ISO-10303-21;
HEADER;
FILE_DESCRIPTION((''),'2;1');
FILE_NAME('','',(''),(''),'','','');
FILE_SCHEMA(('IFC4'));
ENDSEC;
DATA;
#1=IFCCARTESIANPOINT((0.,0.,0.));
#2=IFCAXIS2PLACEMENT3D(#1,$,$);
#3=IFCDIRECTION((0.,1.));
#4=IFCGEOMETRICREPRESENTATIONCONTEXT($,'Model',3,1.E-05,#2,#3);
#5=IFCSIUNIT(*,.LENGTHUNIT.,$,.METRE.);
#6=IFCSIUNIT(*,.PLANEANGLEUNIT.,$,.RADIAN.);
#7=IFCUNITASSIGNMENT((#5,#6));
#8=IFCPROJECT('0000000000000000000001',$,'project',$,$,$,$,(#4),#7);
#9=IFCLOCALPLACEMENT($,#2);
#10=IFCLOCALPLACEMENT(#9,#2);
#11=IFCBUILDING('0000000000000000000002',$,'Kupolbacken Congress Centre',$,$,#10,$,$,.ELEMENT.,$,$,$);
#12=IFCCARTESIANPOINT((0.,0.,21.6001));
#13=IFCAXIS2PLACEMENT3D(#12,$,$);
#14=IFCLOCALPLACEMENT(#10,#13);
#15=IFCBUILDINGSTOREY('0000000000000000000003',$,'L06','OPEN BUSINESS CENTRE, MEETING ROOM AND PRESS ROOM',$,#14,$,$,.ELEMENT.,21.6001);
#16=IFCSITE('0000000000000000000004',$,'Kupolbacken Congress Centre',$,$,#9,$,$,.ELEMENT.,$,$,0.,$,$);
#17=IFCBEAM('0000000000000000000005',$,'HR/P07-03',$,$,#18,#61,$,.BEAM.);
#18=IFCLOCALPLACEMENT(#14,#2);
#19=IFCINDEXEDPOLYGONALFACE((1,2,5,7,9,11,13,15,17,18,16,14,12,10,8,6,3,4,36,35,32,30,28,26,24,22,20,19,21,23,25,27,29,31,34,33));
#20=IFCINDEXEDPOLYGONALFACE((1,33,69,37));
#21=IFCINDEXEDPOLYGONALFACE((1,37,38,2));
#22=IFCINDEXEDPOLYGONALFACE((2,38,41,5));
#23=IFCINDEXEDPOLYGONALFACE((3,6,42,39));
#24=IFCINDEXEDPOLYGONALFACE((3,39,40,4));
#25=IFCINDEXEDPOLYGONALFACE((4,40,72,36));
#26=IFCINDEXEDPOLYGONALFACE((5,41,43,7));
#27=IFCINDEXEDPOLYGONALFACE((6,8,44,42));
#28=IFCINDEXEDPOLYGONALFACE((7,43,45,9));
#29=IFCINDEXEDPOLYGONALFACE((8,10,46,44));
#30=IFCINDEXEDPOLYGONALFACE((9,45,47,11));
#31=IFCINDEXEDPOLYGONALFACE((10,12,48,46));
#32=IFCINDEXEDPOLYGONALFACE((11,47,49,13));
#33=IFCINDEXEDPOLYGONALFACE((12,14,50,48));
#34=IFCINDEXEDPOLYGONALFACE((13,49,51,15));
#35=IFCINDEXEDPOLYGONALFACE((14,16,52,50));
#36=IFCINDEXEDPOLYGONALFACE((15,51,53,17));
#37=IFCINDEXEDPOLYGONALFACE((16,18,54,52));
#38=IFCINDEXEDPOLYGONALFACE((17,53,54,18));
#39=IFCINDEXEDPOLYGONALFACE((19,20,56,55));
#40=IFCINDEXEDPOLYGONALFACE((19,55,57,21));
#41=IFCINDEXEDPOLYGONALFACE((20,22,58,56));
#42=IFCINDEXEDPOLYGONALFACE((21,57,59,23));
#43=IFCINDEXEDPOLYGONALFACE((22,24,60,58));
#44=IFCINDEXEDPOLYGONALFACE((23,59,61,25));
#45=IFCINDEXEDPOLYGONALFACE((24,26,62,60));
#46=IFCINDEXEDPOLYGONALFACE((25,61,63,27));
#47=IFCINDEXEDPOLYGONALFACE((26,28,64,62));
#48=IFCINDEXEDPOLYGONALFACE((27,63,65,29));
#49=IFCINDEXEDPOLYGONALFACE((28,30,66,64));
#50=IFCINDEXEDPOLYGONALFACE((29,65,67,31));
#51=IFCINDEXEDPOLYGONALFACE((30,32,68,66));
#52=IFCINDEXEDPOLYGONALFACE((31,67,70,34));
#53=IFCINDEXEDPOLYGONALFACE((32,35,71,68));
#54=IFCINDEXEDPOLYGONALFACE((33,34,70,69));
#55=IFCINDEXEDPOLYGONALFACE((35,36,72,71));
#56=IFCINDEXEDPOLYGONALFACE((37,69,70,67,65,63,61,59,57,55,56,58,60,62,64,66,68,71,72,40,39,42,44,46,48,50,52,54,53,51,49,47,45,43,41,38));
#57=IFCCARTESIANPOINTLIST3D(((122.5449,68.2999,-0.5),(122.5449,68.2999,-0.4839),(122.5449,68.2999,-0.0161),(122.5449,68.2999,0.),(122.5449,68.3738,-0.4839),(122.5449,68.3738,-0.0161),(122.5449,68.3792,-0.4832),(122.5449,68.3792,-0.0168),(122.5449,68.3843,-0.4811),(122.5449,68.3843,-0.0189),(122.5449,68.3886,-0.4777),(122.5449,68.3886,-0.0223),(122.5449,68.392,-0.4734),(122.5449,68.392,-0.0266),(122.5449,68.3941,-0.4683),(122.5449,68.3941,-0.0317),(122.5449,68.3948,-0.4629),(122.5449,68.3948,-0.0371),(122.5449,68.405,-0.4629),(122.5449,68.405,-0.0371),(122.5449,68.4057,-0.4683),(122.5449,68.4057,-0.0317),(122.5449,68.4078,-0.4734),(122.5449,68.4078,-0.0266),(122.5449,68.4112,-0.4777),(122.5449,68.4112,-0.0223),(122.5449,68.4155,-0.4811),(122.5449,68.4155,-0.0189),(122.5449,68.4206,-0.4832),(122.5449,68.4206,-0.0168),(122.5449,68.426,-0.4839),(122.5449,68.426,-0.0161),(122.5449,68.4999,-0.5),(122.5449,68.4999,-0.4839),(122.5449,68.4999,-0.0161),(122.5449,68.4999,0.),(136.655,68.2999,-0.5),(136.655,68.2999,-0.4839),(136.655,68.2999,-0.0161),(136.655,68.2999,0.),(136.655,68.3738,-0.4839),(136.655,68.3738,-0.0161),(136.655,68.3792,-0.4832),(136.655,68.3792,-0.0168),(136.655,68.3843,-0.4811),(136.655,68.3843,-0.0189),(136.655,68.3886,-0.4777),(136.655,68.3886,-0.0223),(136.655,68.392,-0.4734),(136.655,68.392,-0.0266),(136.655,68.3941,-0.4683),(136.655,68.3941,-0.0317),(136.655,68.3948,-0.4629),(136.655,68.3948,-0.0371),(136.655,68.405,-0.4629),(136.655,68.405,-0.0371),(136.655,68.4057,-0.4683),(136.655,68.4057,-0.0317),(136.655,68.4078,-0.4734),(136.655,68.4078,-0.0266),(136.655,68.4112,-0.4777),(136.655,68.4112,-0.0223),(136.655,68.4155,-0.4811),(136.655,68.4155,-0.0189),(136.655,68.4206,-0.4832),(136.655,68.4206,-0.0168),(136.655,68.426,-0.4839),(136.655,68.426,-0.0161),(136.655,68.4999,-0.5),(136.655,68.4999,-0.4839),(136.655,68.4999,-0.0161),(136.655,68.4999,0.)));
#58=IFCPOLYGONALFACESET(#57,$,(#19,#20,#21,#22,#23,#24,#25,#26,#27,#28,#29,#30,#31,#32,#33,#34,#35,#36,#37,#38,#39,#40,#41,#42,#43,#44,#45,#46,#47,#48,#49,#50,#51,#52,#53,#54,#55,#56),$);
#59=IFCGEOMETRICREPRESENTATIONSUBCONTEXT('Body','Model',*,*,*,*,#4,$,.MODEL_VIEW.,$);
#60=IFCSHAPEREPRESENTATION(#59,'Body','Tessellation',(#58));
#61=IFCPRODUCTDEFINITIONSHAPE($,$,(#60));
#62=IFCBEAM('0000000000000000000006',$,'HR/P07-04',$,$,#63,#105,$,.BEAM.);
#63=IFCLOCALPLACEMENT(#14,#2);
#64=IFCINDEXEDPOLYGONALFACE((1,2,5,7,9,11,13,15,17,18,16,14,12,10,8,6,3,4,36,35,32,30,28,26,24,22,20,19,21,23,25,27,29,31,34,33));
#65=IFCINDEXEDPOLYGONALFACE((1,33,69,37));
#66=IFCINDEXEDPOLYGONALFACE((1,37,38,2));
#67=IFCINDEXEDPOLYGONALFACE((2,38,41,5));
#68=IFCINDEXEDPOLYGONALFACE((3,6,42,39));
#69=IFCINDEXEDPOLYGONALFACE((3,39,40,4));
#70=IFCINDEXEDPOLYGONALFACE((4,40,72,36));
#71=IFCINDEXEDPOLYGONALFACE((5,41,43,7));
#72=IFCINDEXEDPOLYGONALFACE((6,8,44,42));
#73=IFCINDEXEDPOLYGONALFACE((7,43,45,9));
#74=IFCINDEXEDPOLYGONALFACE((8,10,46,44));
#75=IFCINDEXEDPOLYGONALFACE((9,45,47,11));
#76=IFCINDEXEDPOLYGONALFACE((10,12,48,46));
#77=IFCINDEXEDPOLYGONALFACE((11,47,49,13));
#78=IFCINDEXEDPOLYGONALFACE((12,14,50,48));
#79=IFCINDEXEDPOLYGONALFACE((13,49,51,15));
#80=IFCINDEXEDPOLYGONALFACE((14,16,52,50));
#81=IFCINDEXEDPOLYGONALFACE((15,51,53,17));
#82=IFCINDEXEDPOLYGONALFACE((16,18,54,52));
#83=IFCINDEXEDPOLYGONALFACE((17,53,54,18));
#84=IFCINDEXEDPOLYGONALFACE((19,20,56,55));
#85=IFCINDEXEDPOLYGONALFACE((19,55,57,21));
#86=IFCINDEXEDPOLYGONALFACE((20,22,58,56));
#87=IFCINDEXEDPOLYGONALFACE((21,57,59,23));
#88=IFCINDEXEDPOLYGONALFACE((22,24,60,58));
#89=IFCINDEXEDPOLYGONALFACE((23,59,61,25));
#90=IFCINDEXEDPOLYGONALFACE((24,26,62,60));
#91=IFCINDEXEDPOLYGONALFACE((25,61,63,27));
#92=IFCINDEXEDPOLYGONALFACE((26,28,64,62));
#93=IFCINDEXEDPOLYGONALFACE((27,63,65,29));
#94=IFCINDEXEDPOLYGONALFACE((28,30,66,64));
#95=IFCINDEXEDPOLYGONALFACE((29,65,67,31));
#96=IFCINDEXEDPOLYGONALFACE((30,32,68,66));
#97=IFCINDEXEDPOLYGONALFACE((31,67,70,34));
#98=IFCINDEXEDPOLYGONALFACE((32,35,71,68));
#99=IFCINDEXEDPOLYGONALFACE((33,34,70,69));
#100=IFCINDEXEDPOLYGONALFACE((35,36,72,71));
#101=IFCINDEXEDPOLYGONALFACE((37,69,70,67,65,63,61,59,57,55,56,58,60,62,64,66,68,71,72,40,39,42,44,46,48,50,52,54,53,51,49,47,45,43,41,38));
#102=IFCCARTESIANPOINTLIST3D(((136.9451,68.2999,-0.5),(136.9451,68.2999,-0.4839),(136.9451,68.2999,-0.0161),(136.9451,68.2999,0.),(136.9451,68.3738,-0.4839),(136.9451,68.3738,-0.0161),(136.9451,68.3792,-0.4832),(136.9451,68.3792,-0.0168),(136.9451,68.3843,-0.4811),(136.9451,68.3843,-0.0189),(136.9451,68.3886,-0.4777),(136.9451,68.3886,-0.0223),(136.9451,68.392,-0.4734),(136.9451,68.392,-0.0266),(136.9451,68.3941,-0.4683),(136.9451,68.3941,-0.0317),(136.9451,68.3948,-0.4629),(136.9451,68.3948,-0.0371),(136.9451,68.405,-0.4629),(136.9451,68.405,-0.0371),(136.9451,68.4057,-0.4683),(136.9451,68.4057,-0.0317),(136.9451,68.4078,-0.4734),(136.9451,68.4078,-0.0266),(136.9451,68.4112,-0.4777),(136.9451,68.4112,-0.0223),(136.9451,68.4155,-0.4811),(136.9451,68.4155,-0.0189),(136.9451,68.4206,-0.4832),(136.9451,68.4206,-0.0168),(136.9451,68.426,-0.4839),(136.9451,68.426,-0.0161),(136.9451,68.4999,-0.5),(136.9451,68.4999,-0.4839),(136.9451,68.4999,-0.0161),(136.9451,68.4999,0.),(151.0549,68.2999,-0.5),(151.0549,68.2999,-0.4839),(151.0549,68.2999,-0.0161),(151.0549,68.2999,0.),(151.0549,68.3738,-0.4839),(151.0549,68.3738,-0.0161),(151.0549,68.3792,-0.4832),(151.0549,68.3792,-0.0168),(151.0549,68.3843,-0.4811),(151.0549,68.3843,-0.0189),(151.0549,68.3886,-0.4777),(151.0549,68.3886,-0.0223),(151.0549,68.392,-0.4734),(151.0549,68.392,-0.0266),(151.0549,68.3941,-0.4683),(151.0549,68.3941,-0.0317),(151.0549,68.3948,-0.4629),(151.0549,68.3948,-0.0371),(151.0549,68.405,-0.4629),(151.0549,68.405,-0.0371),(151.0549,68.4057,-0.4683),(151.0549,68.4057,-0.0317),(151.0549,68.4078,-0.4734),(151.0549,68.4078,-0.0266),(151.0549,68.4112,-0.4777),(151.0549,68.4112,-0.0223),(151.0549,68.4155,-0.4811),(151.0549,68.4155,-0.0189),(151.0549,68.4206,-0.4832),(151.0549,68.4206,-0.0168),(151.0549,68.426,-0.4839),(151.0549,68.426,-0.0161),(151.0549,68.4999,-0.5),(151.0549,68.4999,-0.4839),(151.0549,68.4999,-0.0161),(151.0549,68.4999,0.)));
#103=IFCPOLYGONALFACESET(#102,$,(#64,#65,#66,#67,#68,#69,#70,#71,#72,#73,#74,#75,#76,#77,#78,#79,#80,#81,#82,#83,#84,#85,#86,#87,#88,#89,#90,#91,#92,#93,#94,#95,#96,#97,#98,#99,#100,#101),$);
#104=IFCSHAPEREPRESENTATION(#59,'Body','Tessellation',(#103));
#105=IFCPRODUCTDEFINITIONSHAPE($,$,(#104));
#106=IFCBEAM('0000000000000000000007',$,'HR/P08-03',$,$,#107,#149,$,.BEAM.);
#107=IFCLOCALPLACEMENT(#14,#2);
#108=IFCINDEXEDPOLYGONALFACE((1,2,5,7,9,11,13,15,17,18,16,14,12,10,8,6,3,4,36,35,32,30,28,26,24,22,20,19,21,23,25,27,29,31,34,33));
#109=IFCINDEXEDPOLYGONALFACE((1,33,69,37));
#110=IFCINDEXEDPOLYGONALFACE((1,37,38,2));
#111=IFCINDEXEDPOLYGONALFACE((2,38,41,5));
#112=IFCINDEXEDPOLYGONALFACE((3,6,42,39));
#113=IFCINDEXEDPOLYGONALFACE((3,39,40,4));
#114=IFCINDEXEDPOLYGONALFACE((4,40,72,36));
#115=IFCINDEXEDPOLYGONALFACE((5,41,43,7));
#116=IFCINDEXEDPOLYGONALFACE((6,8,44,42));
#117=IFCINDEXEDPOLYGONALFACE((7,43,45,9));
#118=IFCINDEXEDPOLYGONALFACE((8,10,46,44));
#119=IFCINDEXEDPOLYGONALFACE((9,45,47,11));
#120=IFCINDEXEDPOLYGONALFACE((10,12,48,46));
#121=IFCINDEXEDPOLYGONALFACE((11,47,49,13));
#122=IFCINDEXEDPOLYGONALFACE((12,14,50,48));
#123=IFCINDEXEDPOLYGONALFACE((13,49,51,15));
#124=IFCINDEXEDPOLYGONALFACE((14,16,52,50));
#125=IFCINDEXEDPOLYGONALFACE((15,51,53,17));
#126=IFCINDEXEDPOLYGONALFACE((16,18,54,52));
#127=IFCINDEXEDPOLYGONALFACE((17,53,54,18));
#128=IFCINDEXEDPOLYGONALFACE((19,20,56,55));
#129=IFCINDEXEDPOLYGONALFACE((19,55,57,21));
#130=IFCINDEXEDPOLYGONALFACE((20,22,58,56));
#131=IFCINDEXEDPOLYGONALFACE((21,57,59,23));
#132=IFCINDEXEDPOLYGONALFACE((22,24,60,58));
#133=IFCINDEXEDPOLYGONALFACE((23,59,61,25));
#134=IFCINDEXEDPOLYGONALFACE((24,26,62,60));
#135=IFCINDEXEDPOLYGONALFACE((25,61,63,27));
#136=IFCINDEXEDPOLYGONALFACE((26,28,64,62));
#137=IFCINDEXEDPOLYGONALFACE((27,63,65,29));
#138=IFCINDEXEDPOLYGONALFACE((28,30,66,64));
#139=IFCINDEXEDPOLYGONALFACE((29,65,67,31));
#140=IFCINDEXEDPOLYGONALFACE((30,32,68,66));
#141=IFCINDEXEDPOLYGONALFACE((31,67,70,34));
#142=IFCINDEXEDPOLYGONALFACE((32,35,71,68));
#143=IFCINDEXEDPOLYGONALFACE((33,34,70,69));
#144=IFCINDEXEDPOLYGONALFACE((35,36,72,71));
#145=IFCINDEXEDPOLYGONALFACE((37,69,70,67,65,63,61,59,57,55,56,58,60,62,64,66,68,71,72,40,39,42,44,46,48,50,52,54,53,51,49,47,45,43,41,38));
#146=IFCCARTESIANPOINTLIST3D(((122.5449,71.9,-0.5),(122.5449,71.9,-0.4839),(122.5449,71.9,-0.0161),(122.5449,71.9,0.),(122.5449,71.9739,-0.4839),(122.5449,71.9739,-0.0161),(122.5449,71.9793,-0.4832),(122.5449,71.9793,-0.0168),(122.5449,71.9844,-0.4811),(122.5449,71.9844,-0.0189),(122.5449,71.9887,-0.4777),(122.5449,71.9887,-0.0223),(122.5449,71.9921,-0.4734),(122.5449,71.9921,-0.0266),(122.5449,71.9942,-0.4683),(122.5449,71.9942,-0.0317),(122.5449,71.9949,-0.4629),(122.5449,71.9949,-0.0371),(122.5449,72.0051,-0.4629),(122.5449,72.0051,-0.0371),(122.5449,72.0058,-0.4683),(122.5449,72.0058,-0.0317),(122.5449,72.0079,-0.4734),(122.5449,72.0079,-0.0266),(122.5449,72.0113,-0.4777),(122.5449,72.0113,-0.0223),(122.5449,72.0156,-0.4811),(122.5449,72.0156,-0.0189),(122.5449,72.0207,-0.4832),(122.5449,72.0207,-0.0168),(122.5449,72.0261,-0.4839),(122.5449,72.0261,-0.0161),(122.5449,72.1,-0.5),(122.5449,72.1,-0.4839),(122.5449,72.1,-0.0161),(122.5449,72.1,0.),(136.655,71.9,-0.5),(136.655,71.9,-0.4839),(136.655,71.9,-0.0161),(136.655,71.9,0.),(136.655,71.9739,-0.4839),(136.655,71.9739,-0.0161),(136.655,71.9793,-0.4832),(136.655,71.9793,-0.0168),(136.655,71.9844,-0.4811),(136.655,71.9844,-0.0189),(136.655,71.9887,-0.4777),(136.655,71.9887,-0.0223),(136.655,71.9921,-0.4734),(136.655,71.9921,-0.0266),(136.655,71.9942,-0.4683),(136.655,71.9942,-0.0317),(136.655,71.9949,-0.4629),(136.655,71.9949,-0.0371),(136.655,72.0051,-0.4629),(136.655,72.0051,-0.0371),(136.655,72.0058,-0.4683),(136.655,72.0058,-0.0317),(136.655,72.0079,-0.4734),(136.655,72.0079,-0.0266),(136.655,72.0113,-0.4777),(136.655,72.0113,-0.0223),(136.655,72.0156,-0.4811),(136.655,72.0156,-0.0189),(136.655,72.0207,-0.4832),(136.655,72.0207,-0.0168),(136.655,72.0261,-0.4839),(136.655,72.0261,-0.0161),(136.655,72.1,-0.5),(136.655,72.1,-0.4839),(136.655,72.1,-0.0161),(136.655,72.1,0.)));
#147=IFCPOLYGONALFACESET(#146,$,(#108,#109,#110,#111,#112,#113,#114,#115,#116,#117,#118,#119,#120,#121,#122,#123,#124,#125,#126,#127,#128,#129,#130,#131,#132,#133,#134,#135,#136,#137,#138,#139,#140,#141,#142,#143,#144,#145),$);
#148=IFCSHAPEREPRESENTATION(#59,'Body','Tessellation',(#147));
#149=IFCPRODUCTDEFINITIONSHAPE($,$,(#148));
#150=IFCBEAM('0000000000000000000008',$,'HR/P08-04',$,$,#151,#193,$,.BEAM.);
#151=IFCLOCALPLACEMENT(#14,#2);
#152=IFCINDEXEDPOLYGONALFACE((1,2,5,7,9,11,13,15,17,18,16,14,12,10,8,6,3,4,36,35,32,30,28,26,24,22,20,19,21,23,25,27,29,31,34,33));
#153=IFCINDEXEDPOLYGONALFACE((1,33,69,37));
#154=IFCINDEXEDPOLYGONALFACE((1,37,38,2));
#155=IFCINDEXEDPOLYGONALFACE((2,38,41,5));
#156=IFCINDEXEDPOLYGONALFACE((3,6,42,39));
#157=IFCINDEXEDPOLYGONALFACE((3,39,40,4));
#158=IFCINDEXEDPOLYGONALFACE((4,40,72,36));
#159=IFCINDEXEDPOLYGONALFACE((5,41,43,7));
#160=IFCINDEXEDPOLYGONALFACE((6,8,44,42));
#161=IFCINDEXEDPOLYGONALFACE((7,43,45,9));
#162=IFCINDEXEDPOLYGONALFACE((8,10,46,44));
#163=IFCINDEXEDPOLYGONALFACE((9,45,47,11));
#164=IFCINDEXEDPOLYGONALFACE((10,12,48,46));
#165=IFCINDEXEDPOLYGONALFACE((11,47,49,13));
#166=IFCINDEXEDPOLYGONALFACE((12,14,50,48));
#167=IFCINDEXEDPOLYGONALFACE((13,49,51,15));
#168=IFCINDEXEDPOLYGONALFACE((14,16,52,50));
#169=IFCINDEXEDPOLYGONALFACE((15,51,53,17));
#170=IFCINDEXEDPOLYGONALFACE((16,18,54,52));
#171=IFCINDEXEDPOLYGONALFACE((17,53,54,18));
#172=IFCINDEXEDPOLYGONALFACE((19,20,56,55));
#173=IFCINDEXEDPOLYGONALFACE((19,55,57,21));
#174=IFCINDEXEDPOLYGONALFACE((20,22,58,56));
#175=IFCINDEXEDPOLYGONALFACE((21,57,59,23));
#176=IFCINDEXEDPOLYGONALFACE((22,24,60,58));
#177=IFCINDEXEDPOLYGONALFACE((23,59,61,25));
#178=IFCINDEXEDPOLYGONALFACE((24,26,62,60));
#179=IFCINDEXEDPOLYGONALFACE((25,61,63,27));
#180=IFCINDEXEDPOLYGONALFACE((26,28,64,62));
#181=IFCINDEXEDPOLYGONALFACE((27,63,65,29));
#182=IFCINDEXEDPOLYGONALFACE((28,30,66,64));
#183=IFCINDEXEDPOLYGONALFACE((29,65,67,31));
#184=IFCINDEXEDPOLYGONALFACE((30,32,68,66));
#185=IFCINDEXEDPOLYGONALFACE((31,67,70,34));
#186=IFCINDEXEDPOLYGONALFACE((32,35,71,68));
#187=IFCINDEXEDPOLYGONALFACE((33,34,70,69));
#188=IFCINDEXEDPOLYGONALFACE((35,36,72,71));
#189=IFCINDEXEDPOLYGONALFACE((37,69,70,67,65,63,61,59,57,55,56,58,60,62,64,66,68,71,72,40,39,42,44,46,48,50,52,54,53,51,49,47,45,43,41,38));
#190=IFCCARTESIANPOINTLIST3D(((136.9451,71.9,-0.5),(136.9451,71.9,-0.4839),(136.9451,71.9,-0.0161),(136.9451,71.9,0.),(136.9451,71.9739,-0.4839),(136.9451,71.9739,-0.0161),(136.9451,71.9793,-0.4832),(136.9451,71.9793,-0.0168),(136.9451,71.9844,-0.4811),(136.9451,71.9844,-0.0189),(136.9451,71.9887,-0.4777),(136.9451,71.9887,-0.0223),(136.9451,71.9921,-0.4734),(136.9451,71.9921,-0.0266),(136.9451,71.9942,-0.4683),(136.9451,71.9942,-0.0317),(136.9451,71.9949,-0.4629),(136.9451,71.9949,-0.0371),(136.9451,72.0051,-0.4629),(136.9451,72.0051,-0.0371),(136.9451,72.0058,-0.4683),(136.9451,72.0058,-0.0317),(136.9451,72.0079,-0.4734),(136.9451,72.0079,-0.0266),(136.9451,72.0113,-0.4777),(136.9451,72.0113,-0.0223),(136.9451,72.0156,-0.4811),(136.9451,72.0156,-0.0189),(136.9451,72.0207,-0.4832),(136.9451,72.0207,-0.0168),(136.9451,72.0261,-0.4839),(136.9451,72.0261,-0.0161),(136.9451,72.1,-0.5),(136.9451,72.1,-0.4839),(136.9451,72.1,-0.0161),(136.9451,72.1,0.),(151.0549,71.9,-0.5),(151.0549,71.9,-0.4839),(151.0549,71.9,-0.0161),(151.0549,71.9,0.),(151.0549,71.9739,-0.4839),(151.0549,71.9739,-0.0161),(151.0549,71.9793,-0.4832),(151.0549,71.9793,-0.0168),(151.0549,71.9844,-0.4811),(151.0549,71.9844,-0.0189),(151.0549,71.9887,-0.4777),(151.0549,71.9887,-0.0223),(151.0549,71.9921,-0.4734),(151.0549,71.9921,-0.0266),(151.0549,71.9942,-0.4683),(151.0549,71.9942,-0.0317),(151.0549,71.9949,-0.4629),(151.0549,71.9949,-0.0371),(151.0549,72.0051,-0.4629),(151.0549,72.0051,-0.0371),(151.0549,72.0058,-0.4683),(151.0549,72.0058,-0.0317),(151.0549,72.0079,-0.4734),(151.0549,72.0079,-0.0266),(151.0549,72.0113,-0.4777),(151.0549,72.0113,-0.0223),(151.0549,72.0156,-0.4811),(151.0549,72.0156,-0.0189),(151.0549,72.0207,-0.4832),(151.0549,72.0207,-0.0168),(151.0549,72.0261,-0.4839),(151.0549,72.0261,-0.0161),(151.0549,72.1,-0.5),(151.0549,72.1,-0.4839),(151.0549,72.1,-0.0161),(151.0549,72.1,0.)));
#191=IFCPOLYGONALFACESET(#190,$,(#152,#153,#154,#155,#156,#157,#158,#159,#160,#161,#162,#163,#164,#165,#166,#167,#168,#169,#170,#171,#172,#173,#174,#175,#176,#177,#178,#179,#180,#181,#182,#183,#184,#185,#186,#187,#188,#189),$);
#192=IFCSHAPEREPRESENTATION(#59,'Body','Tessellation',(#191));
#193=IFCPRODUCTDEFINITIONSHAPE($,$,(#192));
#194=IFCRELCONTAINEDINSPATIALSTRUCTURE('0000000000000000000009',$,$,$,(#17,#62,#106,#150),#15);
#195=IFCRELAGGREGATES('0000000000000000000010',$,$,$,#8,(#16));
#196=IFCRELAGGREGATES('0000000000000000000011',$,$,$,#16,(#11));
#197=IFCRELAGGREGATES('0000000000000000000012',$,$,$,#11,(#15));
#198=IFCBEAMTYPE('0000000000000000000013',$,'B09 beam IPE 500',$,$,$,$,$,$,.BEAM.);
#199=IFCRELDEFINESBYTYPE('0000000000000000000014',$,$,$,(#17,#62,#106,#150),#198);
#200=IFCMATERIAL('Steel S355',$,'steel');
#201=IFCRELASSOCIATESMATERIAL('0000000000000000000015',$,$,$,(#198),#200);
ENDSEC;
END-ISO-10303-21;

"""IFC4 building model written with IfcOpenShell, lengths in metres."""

from ifc_helpers import new_model, si_unit, direction, frame, origin, origin_2d, place, context, subcontext, project, spatial, i_section, extrude, material, material_profile, profile_set, type_object, element, save


model = new_model("IFC4")

# Units and contexts
model_context = context("Model", 3, precision=1e-05, world=origin(), true_north=direction((0.0, 1.0)))
body_context = subcontext(model_context, "Body", "Model", "MODEL_VIEW")
ifc_project = project(units=[si_unit("LENGTHUNIT", "METRE"), si_unit("PLANEANGLEUNIT", "RADIAN")], contexts=[model_context])

# Site, building, storey
site_placement = place(None, origin())
site = spatial("IfcSite", under=ifc_project, at=site_placement, Name="Kupolbacken Congress Centre", CompositionType="ELEMENT", RefElevation=0.0)
building_placement = place(site_placement, origin())
building = spatial("IfcBuilding", under=site, at=building_placement, Name="Kupolbacken Congress Centre", CompositionType="ELEMENT")
storey_placement = place(building_placement, frame((0.0, 0.0, 21.6001)))
storey = spatial("IfcBuildingStorey", under=building, at=storey_placement, Name="L06", Description="OPEN BUSINESS CENTRE, MEETING ROOM AND PRESS ROOM", CompositionType="ELEMENT", Elevation=21.6001)

# Beams
ifc_material_1 = material(Name="Steel S355", Category="steel")
ifc_material_profile_1 = material_profile(ifc_material_1, i_section(OverallWidth=0.2, OverallDepth=0.5, WebThickness=0.0103, FlangeThickness=0.0161, FilletRadius=0.021, at=origin_2d()), Name="IPE 500")
ifc_profile_set_1 = profile_set([ifc_material_profile_1], Name="Steel S355")
beam_type_1 = type_object("IfcBeamType", Name="B09 beam IPE 500", PredefinedType="BEAM", material=ifc_profile_set_1)
beam_1_placement = place(storey_placement, frame((122.5449, 68.3999, -0.25), z_axis=(1.0, 0.0, 0.0), x_axis=(0.0, 1.0, 0.0)))
element("IfcBeam", 1, at=beam_1_placement, inside=storey, type_object=beam_type_1, Name="HR/P07-03", PredefinedType="BEAM", context=body_context, shape_type="SweptSolid", body=[
    extrude(i_section(OverallWidth=0.2, OverallDepth=0.5, WebThickness=0.0103, FlangeThickness=0.0161, FilletRadius=0.021, at=origin_2d()), origin(), (0.0, 0.0, 1.0), 14.1101),
])
beam_2_placement = place(storey_placement, frame((136.9451, 68.3999, -0.25), z_axis=(1.0, 0.0, 0.0), x_axis=(0.0, 1.0, 0.0)))
element("IfcBeam", 2, at=beam_2_placement, inside=storey, type_object=beam_type_1, Name="HR/P07-04", PredefinedType="BEAM", context=body_context, shape_type="SweptSolid", body=[
    extrude(i_section(OverallWidth=0.2, OverallDepth=0.5, WebThickness=0.0103, FlangeThickness=0.0161, FilletRadius=0.021, at=origin_2d()), origin(), (0.0, 0.0, 1.0), 14.1099),
])
beam_3_placement = place(storey_placement, frame((122.5449, 72.0, -0.25), z_axis=(1.0, 0.0, 0.0), x_axis=(0.0, 1.0, 0.0)))
element("IfcBeam", 3, at=beam_3_placement, inside=storey, type_object=beam_type_1, Name="HR/P08-03", PredefinedType="BEAM", context=body_context, shape_type="SweptSolid", body=[
    extrude(i_section(OverallWidth=0.2, OverallDepth=0.5, WebThickness=0.0103, FlangeThickness=0.0161, FilletRadius=0.021, at=origin_2d()), origin(), (0.0, 0.0, 1.0), 14.1101),
])
beam_4_placement = place(storey_placement, frame((136.9451, 72.0, -0.25), z_axis=(1.0, 0.0, 0.0), x_axis=(0.0, 1.0, 0.0)))
element("IfcBeam", 4, at=beam_4_placement, inside=storey, type_object=beam_type_1, Name="HR/P08-04", PredefinedType="BEAM", context=body_context, shape_type="SweptSolid", body=[
    extrude(i_section(OverallWidth=0.2, OverallDepth=0.5, WebThickness=0.0103, FlangeThickness=0.0161, FilletRadius=0.021, at=origin_2d()), origin(), (0.0, 0.0, 1.0), 14.1099),
])

save(model, "model.ifc")
